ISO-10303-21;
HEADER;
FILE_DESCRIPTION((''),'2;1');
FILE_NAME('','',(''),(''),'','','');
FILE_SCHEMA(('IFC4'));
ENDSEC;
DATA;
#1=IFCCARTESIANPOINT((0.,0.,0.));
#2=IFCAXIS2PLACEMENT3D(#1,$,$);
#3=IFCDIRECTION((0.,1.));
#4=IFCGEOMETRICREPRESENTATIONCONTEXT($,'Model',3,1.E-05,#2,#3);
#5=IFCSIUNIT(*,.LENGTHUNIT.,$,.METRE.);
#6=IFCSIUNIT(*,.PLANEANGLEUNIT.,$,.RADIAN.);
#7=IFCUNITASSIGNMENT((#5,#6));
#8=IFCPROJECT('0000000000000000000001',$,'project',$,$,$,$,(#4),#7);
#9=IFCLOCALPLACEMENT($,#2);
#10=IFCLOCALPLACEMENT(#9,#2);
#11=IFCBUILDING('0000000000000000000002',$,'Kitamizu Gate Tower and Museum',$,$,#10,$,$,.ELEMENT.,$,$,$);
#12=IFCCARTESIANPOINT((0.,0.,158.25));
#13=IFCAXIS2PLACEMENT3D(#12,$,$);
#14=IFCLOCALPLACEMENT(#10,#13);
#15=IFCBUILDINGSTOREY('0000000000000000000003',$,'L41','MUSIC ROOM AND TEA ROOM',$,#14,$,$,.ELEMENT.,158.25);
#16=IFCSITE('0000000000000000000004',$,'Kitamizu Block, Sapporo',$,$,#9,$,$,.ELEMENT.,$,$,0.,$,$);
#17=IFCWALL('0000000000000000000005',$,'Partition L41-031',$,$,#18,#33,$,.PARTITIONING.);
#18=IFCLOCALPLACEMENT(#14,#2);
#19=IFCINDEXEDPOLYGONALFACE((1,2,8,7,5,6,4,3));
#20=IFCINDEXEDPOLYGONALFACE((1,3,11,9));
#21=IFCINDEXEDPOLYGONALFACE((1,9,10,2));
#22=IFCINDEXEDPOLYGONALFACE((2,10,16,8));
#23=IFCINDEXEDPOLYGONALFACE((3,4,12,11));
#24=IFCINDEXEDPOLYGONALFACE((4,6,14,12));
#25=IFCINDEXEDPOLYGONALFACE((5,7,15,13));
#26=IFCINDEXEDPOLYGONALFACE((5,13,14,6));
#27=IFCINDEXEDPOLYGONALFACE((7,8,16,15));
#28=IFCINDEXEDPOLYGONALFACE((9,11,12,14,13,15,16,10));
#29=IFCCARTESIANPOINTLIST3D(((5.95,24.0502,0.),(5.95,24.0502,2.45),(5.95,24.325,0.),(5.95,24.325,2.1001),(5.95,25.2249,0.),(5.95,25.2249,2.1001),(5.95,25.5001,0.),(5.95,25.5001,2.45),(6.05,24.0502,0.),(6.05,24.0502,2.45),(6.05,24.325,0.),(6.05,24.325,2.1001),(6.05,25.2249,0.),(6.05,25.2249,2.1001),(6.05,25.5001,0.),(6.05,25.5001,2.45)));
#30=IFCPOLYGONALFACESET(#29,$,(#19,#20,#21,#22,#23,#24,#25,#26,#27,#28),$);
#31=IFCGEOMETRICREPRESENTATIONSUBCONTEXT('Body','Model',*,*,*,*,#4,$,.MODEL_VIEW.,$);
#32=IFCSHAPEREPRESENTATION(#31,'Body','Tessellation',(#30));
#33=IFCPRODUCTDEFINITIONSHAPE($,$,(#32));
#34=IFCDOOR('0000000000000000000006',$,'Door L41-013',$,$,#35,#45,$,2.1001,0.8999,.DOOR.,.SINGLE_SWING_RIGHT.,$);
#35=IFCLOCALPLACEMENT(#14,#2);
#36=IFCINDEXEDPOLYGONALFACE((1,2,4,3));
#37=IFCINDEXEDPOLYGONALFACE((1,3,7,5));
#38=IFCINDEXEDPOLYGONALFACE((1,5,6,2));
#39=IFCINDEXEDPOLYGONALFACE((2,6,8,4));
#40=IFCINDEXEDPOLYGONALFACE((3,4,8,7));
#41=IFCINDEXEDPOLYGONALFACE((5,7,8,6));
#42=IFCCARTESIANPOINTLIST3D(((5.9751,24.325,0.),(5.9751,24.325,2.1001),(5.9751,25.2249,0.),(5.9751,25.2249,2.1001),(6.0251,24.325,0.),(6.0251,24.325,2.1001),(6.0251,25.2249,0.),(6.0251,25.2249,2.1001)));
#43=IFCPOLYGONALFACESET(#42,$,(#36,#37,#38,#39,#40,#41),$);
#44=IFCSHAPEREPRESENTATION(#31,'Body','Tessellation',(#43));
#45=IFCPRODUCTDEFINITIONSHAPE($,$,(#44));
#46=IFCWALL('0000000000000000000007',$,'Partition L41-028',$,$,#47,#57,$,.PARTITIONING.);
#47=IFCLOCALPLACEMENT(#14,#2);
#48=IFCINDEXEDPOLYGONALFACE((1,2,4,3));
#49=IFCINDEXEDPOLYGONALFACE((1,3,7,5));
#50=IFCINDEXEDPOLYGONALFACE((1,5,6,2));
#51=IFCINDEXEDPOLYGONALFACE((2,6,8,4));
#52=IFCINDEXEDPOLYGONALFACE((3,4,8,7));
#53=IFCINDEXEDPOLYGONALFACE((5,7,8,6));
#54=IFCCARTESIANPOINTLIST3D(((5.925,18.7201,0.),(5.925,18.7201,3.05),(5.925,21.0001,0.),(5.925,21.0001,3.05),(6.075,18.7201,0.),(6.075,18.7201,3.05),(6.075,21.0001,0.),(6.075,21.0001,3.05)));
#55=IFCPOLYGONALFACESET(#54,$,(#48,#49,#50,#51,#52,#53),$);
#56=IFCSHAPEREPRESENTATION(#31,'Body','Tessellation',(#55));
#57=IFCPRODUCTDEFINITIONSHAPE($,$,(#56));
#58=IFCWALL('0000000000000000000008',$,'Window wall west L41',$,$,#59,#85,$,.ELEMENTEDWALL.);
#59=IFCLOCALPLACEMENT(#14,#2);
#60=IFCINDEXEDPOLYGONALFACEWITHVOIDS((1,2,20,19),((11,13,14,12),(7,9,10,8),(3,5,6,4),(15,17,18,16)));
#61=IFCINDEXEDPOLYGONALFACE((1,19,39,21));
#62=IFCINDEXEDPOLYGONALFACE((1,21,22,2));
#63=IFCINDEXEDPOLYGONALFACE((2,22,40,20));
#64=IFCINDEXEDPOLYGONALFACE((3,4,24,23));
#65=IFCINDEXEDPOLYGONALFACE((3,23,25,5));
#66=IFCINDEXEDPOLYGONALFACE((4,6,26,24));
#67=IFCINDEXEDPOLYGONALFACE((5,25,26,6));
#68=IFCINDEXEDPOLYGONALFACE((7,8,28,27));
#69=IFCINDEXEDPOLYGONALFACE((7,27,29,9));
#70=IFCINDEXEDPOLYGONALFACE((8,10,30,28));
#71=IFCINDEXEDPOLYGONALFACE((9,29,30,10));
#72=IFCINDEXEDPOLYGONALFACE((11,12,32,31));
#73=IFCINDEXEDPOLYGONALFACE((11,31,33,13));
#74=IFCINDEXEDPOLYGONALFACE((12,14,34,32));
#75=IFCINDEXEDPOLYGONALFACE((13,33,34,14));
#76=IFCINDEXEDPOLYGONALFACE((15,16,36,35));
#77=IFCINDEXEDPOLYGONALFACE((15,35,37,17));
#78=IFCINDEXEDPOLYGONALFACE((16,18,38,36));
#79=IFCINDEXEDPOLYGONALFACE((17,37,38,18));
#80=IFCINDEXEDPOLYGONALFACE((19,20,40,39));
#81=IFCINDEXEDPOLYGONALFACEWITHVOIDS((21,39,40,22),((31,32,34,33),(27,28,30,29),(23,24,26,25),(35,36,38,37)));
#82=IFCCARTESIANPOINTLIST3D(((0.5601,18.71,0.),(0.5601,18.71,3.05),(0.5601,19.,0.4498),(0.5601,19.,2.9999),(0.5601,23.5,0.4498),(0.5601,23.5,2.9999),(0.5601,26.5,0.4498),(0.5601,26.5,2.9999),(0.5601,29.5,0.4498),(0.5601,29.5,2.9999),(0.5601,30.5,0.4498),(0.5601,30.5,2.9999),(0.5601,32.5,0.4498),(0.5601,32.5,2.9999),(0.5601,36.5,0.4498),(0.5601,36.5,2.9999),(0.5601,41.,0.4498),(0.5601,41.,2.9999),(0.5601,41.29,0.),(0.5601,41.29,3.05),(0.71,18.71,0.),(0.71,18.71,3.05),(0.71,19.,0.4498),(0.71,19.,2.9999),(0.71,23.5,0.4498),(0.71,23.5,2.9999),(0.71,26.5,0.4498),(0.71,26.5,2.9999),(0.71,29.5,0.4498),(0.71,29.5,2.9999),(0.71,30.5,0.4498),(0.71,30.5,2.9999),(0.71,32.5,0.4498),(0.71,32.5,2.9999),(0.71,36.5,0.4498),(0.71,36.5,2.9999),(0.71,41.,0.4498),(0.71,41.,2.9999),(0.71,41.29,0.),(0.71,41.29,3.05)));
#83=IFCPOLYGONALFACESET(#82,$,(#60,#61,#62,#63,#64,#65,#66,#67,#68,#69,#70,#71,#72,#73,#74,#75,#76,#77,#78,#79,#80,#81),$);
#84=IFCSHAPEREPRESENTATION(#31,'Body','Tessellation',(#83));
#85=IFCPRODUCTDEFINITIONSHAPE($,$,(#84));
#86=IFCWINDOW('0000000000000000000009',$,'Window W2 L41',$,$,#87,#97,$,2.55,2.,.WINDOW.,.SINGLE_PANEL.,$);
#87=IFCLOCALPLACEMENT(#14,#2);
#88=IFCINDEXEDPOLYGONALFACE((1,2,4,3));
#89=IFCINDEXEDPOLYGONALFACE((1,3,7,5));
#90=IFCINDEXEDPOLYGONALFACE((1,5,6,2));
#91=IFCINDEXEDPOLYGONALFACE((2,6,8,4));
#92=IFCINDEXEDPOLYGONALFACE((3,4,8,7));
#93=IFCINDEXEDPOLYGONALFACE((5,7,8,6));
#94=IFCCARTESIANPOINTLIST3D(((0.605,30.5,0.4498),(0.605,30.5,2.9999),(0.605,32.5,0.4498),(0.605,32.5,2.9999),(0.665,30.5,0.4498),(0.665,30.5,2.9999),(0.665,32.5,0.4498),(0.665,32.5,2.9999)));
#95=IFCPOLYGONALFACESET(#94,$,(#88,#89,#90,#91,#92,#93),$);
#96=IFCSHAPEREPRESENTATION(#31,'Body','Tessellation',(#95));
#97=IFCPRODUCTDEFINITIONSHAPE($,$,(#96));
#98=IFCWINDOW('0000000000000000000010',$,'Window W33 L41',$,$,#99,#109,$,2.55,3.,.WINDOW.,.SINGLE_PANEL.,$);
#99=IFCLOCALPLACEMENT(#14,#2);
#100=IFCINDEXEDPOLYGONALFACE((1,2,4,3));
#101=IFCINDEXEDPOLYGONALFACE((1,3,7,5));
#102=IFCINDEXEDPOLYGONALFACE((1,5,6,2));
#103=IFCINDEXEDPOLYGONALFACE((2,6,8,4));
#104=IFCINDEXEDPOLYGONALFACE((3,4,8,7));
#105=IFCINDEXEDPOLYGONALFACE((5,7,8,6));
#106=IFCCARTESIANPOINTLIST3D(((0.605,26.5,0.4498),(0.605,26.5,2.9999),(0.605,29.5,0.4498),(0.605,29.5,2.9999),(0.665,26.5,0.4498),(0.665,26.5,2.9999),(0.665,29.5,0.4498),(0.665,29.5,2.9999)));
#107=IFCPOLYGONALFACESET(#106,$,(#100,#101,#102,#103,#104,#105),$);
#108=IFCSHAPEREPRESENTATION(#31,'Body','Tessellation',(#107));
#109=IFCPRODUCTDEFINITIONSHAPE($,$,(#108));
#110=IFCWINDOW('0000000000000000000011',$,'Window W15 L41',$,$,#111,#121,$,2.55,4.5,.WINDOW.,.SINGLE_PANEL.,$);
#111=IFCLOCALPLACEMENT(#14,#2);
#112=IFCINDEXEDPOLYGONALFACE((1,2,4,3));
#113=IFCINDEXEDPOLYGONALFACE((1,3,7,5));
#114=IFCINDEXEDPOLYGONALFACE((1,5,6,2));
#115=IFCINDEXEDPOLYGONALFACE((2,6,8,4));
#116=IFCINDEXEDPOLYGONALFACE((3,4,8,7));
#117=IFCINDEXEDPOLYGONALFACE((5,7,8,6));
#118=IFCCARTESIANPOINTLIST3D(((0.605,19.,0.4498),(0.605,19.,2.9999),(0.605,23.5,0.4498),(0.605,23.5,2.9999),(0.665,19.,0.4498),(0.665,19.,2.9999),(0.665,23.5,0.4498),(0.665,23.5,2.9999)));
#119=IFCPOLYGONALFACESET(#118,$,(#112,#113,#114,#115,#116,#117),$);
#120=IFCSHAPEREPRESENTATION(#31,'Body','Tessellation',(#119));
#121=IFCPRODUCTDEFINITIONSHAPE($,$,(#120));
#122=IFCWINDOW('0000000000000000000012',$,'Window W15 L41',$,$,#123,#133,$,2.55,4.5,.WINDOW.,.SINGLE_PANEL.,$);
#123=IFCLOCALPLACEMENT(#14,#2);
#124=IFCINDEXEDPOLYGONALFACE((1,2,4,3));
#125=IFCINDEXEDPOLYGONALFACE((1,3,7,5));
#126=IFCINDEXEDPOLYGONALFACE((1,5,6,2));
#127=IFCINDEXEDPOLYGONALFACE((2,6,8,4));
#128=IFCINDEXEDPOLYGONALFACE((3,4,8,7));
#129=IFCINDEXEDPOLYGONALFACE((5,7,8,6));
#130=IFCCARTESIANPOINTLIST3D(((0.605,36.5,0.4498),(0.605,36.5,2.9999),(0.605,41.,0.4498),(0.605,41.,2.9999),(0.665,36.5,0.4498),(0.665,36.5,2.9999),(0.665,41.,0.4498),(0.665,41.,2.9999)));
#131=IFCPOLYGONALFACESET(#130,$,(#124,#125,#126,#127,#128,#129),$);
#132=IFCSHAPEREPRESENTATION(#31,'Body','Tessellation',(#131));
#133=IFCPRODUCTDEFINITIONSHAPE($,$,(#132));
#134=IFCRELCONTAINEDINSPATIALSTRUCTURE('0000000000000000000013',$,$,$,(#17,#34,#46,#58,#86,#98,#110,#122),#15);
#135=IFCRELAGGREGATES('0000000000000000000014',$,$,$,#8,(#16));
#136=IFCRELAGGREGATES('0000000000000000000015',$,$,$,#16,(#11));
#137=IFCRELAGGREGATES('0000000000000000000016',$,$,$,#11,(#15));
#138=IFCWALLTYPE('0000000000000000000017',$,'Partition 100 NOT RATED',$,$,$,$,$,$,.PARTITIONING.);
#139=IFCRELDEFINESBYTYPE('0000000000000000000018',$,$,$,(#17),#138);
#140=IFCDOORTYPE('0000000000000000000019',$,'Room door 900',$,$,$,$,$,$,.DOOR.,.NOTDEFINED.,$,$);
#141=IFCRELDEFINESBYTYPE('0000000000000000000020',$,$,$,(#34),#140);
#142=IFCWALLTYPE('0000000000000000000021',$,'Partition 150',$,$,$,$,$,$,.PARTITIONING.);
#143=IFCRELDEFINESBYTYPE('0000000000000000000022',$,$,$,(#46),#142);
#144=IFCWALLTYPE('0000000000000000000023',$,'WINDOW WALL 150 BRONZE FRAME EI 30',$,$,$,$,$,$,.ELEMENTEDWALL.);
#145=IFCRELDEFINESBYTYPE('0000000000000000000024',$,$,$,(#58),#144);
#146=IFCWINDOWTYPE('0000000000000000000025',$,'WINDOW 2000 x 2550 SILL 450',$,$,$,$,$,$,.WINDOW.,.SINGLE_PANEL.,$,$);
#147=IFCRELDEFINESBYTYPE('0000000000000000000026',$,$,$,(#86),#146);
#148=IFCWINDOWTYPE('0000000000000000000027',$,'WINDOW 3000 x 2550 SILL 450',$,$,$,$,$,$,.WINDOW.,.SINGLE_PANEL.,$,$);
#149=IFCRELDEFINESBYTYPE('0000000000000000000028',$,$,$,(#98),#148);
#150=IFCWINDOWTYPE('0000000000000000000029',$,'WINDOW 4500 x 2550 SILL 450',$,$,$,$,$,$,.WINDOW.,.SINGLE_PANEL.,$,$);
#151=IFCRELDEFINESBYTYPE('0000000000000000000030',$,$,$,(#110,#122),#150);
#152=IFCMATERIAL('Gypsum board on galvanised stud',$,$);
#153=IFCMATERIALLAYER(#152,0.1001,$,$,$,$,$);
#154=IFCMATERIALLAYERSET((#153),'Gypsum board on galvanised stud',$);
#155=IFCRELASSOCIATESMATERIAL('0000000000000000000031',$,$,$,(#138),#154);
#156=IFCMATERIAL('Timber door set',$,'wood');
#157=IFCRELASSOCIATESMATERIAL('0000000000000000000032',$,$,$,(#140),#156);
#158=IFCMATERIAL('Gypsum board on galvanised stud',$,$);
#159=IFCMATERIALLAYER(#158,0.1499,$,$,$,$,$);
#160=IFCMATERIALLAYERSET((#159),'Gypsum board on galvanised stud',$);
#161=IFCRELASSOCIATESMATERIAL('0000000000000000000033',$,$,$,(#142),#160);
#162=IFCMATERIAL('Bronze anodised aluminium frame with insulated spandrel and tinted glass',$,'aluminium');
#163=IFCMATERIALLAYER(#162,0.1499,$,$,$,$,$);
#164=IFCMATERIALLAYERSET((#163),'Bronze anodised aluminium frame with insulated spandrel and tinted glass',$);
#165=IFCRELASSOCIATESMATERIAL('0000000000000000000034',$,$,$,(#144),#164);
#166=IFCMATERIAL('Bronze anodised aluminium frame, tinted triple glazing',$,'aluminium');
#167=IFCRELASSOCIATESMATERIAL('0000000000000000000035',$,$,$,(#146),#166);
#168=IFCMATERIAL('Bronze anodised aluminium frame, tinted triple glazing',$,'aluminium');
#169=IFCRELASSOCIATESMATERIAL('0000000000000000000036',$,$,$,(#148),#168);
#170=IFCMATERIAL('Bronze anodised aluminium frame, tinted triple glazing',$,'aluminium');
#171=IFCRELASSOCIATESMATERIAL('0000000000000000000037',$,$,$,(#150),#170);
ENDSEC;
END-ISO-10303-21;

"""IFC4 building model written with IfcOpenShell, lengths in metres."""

from ifc_helpers import new_model, si_unit, direction, frame, frame_2d, origin, place, context, subcontext, project, spatial, rectangle, extrude, material, layer, layer_set, type_object, element, fill, save


model = new_model("IFC4")

# Units and contexts
model_context = context("Model", 3, precision=1e-05, world=origin(), true_north=direction((0.0, 1.0)))
body_context = subcontext(model_context, "Body", "Model", "MODEL_VIEW")
ifc_project = project(units=[si_unit("LENGTHUNIT", "METRE"), si_unit("PLANEANGLEUNIT", "RADIAN")], contexts=[model_context])

# Site, building, storey
site_placement = place(None, origin())
site = spatial("IfcSite", under=ifc_project, at=site_placement, Name="Kitamizu Block, Sapporo", CompositionType="ELEMENT", RefElevation=0.0)
building_placement = place(site_placement, origin())
building = spatial("IfcBuilding", under=site, at=building_placement, Name="Kitamizu Gate Tower and Museum", CompositionType="ELEMENT")
storey_placement = place(building_placement, frame((0.0, 0.0, 158.25)))
storey = spatial("IfcBuildingStorey", under=building, at=storey_placement, Name="L41", Description="MUSIC ROOM AND TEA ROOM", CompositionType="ELEMENT", Elevation=158.25)

# Shared definitions
ifc_material_1 = material(Name="Gypsum board on galvanised stud")
ifc_layer_1 = layer(ifc_material_1, 0.1001)
ifc_layer_set_1 = layer_set([ifc_layer_1], Name="Gypsum board on galvanised stud")
wall_type_1 = type_object("IfcWallType", Name="Partition 100 NOT RATED", PredefinedType="PARTITIONING", material=ifc_layer_set_1)
ifc_material_2 = material(Name="Timber door set", Category="wood")
door_type = type_object("IfcDoorType", Name="Room door 900", OperationType="NOTDEFINED", PredefinedType="DOOR", material=ifc_material_2)

# Wall, opening, door
wall_1_placement = place(storey_placement, frame((6.0, 24.05, 0.0), z_axis=(0.0, 0.0, 1.0), x_axis=(0.0, 1.0, 0.0)))
wall_1 = element("IfcWall", 1, at=wall_1_placement, inside=storey, type_object=wall_type_1, Name="Partition L41-031", PredefinedType="PARTITIONING", context=body_context, shape_type="SweptSolid", body=[
    extrude(rectangle(XDim=1.45, YDim=0.1001, at=frame_2d((0.7251, 0.0))), origin(), (0.0, 0.0, 1.0), 2.45),
])
opening_1_placement = place(wall_1_placement, frame((0.2749, 0.0, 0.0)))
opening_1 = element("IfcOpeningElement", 2, at=opening_1_placement, cuts=wall_1, PredefinedType="OPENING", context=body_context, shape_type="SweptSolid", body=[
    extrude(rectangle(XDim=0.8999, YDim=2.1001, at=frame_2d((0.45, 1.05))), frame((0.0, 0.0601, 0.0), z_axis=(0.0, -1.0, 0.0), x_axis=(1.0, 0.0, 0.0)), (0.0, 0.0, 1.0), 0.1201),
])
door_1_placement = place(opening_1_placement, origin())
door_1 = element("IfcDoor", 3, at=door_1_placement, inside=storey, type_object=door_type, Name="Door L41-013", OperationType="SINGLE_SWING_RIGHT", OverallHeight=2.1001, OverallWidth=0.8999, PredefinedType="DOOR", context=body_context, shape_type="SweptSolid", body=[
    extrude(rectangle(XDim=0.8999, YDim=2.1001, at=frame_2d((0.45, 1.05))), frame((0.0, 0.0249, 0.0), z_axis=(0.0, -1.0, 0.0), x_axis=(1.0, 0.0, 0.0)), (0.0, 0.0, 1.0), 0.05),
])
fill(opening_1, door_1)

# Wall
ifc_material_3 = material(Name="Gypsum board on galvanised stud")
ifc_layer_2 = layer(ifc_material_3, 0.1499)
ifc_layer_set_2 = layer_set([ifc_layer_2], Name="Gypsum board on galvanised stud")
wall_type_2 = type_object("IfcWallType", Name="Partition 150", PredefinedType="PARTITIONING", material=ifc_layer_set_2)
wall_2_placement = place(storey_placement, frame((6.0, 18.72, 0.0), z_axis=(0.0, 0.0, 1.0), x_axis=(0.0, 1.0, 0.0)))
element("IfcWall", 4, at=wall_2_placement, inside=storey, type_object=wall_type_2, Name="Partition L41-028", PredefinedType="PARTITIONING", context=body_context, shape_type="SweptSolid", body=[
    extrude(rectangle(XDim=2.28, YDim=0.1499, at=frame_2d((1.1401, 0.0))), origin(), (0.0, 0.0, 1.0), 3.05),
])

# Wall, openings, windows
ifc_material_4 = material(Name="Bronze anodised aluminium frame with insulated spandrel and tinted glass", Category="aluminium")
ifc_layer_3 = layer(ifc_material_4, 0.1499)
ifc_layer_set_3 = layer_set([ifc_layer_3], Name="Bronze anodised aluminium frame with insulated spandrel and tinted glass")
wall_type_3 = type_object("IfcWallType", Name="WINDOW WALL 150 BRONZE FRAME EI 30", PredefinedType="ELEMENTEDWALL", material=ifc_layer_set_3)
wall_3_placement = place(storey_placement, frame((0.635, 18.71, 0.0), z_axis=(0.0, 0.0, 1.0), x_axis=(0.0, 1.0, 0.0)))
wall_3 = element("IfcWall", 5, at=wall_3_placement, inside=storey, type_object=wall_type_3, Name="Window wall west L41", PredefinedType="ELEMENTEDWALL", context=body_context, shape_type="SweptSolid", body=[
    extrude(rectangle(XDim=22.5801, YDim=0.1499, at=frame_2d((11.29, 0.0))), origin(), (0.0, 0.0, 1.0), 3.05),
])
opening_2_placement = place(wall_3_placement, frame((0.29, 0.0, 0.45)))
opening_2 = element("IfcOpeningElement", 6, at=opening_2_placement, cuts=wall_3, PredefinedType="OPENING", context=body_context, shape_type="SweptSolid", body=[
    extrude(rectangle(XDim=4.5, YDim=2.55, at=frame_2d((2.25, 1.2749))), frame((0.0, 0.085, 0.0), z_axis=(0.0, -1.0, 0.0), x_axis=(1.0, 0.0, 0.0)), (0.0, 0.0, 1.0), 0.1699),
])
opening_3_placement = place(wall_3_placement, frame((7.79, 0.0, 0.45)))
opening_3 = element("IfcOpeningElement", 7, at=opening_3_placement, cuts=wall_3, PredefinedType="OPENING", context=body_context, shape_type="SweptSolid", body=[
    extrude(rectangle(XDim=3.0, YDim=2.55, at=frame_2d((1.5, 1.2749))), frame((0.0, 0.085, 0.0), z_axis=(0.0, -1.0, 0.0), x_axis=(1.0, 0.0, 0.0)), (0.0, 0.0, 1.0), 0.1699),
])
opening_4_placement = place(wall_3_placement, frame((11.79, 0.0, 0.45)))
opening_4 = element("IfcOpeningElement", 8, at=opening_4_placement, cuts=wall_3, PredefinedType="OPENING", context=body_context, shape_type="SweptSolid", body=[
    extrude(rectangle(XDim=2.0, YDim=2.55, at=frame_2d((1.0, 1.2749))), frame((0.0, 0.085, 0.0), z_axis=(0.0, -1.0, 0.0), x_axis=(1.0, 0.0, 0.0)), (0.0, 0.0, 1.0), 0.1699),
])
opening_5_placement = place(wall_3_placement, frame((17.79, 0.0, 0.45)))
opening_5 = element("IfcOpeningElement", 9, at=opening_5_placement, cuts=wall_3, PredefinedType="OPENING", context=body_context, shape_type="SweptSolid", body=[
    extrude(rectangle(XDim=4.5, YDim=2.55, at=frame_2d((2.25, 1.2749))), frame((0.0, 0.085, 0.0), z_axis=(0.0, -1.0, 0.0), x_axis=(1.0, 0.0, 0.0)), (0.0, 0.0, 1.0), 0.1699),
])
ifc_material_5 = material(Name="Bronze anodised aluminium frame, tinted triple glazing", Category="aluminium")
window_type_1 = type_object("IfcWindowType", Name="WINDOW 2000 x 2550 SILL 450", PartitioningType="SINGLE_PANEL", PredefinedType="WINDOW", material=ifc_material_5)
window_1_placement = place(opening_4_placement, origin())
window_1 = element("IfcWindow", 10, at=window_1_placement, inside=storey, type_object=window_type_1, Name="Window W2 L41", OverallHeight=2.55, OverallWidth=2.0, PartitioningType="SINGLE_PANEL", PredefinedType="WINDOW", context=body_context, shape_type="SweptSolid", body=[
    extrude(rectangle(XDim=2.0, YDim=2.55, at=frame_2d((1.0, 1.2749))), frame((0.0, 0.03, 0.0), z_axis=(0.0, -1.0, 0.0), x_axis=(1.0, 0.0, 0.0)), (0.0, 0.0, 1.0), 0.0601),
])
fill(opening_4, window_1)
ifc_material_6 = material(Name="Bronze anodised aluminium frame, tinted triple glazing", Category="aluminium")
window_type_2 = type_object("IfcWindowType", Name="WINDOW 3000 x 2550 SILL 450", PartitioningType="SINGLE_PANEL", PredefinedType="WINDOW", material=ifc_material_6)
window_2_placement = place(opening_3_placement, origin())
window_2 = element("IfcWindow", 11, at=window_2_placement, inside=storey, type_object=window_type_2, Name="Window W33 L41", OverallHeight=2.55, OverallWidth=3.0, PartitioningType="SINGLE_PANEL", PredefinedType="WINDOW", context=body_context, shape_type="SweptSolid", body=[
    extrude(rectangle(XDim=3.0, YDim=2.55, at=frame_2d((1.5, 1.2749))), frame((0.0, 0.03, 0.0), z_axis=(0.0, -1.0, 0.0), x_axis=(1.0, 0.0, 0.0)), (0.0, 0.0, 1.0), 0.0601),
])
fill(opening_3, window_2)
ifc_material_7 = material(Name="Bronze anodised aluminium frame, tinted triple glazing", Category="aluminium")
window_type_3 = type_object("IfcWindowType", Name="WINDOW 4500 x 2550 SILL 450", PartitioningType="SINGLE_PANEL", PredefinedType="WINDOW", material=ifc_material_7)
window_3_placement = place(opening_2_placement, origin())
window_3 = element("IfcWindow", 12, at=window_3_placement, inside=storey, type_object=window_type_3, Name="Window W15 L41", OverallHeight=2.55, OverallWidth=4.5, PartitioningType="SINGLE_PANEL", PredefinedType="WINDOW", context=body_context, shape_type="SweptSolid", body=[
    extrude(rectangle(XDim=4.5, YDim=2.55, at=frame_2d((2.25, 1.2749))), frame((0.0, 0.03, 0.0), z_axis=(0.0, -1.0, 0.0), x_axis=(1.0, 0.0, 0.0)), (0.0, 0.0, 1.0), 0.0601),
])
fill(opening_2, window_3)
window_4_placement = place(opening_5_placement, origin())
window_4 = element("IfcWindow", 13, at=window_4_placement, inside=storey, type_object=window_type_3, Name="Window W15 L41", OverallHeight=2.55, OverallWidth=4.5, PartitioningType="SINGLE_PANEL", PredefinedType="WINDOW", context=body_context, shape_type="SweptSolid", body=[
    extrude(rectangle(XDim=4.5, YDim=2.55, at=frame_2d((2.25, 1.2749))), frame((0.0, 0.03, 0.0), z_axis=(0.0, -1.0, 0.0), x_axis=(1.0, 0.0, 0.0)), (0.0, 0.0, 1.0), 0.0601),
])
fill(opening_5, window_4)

save(model, "model.ifc")
